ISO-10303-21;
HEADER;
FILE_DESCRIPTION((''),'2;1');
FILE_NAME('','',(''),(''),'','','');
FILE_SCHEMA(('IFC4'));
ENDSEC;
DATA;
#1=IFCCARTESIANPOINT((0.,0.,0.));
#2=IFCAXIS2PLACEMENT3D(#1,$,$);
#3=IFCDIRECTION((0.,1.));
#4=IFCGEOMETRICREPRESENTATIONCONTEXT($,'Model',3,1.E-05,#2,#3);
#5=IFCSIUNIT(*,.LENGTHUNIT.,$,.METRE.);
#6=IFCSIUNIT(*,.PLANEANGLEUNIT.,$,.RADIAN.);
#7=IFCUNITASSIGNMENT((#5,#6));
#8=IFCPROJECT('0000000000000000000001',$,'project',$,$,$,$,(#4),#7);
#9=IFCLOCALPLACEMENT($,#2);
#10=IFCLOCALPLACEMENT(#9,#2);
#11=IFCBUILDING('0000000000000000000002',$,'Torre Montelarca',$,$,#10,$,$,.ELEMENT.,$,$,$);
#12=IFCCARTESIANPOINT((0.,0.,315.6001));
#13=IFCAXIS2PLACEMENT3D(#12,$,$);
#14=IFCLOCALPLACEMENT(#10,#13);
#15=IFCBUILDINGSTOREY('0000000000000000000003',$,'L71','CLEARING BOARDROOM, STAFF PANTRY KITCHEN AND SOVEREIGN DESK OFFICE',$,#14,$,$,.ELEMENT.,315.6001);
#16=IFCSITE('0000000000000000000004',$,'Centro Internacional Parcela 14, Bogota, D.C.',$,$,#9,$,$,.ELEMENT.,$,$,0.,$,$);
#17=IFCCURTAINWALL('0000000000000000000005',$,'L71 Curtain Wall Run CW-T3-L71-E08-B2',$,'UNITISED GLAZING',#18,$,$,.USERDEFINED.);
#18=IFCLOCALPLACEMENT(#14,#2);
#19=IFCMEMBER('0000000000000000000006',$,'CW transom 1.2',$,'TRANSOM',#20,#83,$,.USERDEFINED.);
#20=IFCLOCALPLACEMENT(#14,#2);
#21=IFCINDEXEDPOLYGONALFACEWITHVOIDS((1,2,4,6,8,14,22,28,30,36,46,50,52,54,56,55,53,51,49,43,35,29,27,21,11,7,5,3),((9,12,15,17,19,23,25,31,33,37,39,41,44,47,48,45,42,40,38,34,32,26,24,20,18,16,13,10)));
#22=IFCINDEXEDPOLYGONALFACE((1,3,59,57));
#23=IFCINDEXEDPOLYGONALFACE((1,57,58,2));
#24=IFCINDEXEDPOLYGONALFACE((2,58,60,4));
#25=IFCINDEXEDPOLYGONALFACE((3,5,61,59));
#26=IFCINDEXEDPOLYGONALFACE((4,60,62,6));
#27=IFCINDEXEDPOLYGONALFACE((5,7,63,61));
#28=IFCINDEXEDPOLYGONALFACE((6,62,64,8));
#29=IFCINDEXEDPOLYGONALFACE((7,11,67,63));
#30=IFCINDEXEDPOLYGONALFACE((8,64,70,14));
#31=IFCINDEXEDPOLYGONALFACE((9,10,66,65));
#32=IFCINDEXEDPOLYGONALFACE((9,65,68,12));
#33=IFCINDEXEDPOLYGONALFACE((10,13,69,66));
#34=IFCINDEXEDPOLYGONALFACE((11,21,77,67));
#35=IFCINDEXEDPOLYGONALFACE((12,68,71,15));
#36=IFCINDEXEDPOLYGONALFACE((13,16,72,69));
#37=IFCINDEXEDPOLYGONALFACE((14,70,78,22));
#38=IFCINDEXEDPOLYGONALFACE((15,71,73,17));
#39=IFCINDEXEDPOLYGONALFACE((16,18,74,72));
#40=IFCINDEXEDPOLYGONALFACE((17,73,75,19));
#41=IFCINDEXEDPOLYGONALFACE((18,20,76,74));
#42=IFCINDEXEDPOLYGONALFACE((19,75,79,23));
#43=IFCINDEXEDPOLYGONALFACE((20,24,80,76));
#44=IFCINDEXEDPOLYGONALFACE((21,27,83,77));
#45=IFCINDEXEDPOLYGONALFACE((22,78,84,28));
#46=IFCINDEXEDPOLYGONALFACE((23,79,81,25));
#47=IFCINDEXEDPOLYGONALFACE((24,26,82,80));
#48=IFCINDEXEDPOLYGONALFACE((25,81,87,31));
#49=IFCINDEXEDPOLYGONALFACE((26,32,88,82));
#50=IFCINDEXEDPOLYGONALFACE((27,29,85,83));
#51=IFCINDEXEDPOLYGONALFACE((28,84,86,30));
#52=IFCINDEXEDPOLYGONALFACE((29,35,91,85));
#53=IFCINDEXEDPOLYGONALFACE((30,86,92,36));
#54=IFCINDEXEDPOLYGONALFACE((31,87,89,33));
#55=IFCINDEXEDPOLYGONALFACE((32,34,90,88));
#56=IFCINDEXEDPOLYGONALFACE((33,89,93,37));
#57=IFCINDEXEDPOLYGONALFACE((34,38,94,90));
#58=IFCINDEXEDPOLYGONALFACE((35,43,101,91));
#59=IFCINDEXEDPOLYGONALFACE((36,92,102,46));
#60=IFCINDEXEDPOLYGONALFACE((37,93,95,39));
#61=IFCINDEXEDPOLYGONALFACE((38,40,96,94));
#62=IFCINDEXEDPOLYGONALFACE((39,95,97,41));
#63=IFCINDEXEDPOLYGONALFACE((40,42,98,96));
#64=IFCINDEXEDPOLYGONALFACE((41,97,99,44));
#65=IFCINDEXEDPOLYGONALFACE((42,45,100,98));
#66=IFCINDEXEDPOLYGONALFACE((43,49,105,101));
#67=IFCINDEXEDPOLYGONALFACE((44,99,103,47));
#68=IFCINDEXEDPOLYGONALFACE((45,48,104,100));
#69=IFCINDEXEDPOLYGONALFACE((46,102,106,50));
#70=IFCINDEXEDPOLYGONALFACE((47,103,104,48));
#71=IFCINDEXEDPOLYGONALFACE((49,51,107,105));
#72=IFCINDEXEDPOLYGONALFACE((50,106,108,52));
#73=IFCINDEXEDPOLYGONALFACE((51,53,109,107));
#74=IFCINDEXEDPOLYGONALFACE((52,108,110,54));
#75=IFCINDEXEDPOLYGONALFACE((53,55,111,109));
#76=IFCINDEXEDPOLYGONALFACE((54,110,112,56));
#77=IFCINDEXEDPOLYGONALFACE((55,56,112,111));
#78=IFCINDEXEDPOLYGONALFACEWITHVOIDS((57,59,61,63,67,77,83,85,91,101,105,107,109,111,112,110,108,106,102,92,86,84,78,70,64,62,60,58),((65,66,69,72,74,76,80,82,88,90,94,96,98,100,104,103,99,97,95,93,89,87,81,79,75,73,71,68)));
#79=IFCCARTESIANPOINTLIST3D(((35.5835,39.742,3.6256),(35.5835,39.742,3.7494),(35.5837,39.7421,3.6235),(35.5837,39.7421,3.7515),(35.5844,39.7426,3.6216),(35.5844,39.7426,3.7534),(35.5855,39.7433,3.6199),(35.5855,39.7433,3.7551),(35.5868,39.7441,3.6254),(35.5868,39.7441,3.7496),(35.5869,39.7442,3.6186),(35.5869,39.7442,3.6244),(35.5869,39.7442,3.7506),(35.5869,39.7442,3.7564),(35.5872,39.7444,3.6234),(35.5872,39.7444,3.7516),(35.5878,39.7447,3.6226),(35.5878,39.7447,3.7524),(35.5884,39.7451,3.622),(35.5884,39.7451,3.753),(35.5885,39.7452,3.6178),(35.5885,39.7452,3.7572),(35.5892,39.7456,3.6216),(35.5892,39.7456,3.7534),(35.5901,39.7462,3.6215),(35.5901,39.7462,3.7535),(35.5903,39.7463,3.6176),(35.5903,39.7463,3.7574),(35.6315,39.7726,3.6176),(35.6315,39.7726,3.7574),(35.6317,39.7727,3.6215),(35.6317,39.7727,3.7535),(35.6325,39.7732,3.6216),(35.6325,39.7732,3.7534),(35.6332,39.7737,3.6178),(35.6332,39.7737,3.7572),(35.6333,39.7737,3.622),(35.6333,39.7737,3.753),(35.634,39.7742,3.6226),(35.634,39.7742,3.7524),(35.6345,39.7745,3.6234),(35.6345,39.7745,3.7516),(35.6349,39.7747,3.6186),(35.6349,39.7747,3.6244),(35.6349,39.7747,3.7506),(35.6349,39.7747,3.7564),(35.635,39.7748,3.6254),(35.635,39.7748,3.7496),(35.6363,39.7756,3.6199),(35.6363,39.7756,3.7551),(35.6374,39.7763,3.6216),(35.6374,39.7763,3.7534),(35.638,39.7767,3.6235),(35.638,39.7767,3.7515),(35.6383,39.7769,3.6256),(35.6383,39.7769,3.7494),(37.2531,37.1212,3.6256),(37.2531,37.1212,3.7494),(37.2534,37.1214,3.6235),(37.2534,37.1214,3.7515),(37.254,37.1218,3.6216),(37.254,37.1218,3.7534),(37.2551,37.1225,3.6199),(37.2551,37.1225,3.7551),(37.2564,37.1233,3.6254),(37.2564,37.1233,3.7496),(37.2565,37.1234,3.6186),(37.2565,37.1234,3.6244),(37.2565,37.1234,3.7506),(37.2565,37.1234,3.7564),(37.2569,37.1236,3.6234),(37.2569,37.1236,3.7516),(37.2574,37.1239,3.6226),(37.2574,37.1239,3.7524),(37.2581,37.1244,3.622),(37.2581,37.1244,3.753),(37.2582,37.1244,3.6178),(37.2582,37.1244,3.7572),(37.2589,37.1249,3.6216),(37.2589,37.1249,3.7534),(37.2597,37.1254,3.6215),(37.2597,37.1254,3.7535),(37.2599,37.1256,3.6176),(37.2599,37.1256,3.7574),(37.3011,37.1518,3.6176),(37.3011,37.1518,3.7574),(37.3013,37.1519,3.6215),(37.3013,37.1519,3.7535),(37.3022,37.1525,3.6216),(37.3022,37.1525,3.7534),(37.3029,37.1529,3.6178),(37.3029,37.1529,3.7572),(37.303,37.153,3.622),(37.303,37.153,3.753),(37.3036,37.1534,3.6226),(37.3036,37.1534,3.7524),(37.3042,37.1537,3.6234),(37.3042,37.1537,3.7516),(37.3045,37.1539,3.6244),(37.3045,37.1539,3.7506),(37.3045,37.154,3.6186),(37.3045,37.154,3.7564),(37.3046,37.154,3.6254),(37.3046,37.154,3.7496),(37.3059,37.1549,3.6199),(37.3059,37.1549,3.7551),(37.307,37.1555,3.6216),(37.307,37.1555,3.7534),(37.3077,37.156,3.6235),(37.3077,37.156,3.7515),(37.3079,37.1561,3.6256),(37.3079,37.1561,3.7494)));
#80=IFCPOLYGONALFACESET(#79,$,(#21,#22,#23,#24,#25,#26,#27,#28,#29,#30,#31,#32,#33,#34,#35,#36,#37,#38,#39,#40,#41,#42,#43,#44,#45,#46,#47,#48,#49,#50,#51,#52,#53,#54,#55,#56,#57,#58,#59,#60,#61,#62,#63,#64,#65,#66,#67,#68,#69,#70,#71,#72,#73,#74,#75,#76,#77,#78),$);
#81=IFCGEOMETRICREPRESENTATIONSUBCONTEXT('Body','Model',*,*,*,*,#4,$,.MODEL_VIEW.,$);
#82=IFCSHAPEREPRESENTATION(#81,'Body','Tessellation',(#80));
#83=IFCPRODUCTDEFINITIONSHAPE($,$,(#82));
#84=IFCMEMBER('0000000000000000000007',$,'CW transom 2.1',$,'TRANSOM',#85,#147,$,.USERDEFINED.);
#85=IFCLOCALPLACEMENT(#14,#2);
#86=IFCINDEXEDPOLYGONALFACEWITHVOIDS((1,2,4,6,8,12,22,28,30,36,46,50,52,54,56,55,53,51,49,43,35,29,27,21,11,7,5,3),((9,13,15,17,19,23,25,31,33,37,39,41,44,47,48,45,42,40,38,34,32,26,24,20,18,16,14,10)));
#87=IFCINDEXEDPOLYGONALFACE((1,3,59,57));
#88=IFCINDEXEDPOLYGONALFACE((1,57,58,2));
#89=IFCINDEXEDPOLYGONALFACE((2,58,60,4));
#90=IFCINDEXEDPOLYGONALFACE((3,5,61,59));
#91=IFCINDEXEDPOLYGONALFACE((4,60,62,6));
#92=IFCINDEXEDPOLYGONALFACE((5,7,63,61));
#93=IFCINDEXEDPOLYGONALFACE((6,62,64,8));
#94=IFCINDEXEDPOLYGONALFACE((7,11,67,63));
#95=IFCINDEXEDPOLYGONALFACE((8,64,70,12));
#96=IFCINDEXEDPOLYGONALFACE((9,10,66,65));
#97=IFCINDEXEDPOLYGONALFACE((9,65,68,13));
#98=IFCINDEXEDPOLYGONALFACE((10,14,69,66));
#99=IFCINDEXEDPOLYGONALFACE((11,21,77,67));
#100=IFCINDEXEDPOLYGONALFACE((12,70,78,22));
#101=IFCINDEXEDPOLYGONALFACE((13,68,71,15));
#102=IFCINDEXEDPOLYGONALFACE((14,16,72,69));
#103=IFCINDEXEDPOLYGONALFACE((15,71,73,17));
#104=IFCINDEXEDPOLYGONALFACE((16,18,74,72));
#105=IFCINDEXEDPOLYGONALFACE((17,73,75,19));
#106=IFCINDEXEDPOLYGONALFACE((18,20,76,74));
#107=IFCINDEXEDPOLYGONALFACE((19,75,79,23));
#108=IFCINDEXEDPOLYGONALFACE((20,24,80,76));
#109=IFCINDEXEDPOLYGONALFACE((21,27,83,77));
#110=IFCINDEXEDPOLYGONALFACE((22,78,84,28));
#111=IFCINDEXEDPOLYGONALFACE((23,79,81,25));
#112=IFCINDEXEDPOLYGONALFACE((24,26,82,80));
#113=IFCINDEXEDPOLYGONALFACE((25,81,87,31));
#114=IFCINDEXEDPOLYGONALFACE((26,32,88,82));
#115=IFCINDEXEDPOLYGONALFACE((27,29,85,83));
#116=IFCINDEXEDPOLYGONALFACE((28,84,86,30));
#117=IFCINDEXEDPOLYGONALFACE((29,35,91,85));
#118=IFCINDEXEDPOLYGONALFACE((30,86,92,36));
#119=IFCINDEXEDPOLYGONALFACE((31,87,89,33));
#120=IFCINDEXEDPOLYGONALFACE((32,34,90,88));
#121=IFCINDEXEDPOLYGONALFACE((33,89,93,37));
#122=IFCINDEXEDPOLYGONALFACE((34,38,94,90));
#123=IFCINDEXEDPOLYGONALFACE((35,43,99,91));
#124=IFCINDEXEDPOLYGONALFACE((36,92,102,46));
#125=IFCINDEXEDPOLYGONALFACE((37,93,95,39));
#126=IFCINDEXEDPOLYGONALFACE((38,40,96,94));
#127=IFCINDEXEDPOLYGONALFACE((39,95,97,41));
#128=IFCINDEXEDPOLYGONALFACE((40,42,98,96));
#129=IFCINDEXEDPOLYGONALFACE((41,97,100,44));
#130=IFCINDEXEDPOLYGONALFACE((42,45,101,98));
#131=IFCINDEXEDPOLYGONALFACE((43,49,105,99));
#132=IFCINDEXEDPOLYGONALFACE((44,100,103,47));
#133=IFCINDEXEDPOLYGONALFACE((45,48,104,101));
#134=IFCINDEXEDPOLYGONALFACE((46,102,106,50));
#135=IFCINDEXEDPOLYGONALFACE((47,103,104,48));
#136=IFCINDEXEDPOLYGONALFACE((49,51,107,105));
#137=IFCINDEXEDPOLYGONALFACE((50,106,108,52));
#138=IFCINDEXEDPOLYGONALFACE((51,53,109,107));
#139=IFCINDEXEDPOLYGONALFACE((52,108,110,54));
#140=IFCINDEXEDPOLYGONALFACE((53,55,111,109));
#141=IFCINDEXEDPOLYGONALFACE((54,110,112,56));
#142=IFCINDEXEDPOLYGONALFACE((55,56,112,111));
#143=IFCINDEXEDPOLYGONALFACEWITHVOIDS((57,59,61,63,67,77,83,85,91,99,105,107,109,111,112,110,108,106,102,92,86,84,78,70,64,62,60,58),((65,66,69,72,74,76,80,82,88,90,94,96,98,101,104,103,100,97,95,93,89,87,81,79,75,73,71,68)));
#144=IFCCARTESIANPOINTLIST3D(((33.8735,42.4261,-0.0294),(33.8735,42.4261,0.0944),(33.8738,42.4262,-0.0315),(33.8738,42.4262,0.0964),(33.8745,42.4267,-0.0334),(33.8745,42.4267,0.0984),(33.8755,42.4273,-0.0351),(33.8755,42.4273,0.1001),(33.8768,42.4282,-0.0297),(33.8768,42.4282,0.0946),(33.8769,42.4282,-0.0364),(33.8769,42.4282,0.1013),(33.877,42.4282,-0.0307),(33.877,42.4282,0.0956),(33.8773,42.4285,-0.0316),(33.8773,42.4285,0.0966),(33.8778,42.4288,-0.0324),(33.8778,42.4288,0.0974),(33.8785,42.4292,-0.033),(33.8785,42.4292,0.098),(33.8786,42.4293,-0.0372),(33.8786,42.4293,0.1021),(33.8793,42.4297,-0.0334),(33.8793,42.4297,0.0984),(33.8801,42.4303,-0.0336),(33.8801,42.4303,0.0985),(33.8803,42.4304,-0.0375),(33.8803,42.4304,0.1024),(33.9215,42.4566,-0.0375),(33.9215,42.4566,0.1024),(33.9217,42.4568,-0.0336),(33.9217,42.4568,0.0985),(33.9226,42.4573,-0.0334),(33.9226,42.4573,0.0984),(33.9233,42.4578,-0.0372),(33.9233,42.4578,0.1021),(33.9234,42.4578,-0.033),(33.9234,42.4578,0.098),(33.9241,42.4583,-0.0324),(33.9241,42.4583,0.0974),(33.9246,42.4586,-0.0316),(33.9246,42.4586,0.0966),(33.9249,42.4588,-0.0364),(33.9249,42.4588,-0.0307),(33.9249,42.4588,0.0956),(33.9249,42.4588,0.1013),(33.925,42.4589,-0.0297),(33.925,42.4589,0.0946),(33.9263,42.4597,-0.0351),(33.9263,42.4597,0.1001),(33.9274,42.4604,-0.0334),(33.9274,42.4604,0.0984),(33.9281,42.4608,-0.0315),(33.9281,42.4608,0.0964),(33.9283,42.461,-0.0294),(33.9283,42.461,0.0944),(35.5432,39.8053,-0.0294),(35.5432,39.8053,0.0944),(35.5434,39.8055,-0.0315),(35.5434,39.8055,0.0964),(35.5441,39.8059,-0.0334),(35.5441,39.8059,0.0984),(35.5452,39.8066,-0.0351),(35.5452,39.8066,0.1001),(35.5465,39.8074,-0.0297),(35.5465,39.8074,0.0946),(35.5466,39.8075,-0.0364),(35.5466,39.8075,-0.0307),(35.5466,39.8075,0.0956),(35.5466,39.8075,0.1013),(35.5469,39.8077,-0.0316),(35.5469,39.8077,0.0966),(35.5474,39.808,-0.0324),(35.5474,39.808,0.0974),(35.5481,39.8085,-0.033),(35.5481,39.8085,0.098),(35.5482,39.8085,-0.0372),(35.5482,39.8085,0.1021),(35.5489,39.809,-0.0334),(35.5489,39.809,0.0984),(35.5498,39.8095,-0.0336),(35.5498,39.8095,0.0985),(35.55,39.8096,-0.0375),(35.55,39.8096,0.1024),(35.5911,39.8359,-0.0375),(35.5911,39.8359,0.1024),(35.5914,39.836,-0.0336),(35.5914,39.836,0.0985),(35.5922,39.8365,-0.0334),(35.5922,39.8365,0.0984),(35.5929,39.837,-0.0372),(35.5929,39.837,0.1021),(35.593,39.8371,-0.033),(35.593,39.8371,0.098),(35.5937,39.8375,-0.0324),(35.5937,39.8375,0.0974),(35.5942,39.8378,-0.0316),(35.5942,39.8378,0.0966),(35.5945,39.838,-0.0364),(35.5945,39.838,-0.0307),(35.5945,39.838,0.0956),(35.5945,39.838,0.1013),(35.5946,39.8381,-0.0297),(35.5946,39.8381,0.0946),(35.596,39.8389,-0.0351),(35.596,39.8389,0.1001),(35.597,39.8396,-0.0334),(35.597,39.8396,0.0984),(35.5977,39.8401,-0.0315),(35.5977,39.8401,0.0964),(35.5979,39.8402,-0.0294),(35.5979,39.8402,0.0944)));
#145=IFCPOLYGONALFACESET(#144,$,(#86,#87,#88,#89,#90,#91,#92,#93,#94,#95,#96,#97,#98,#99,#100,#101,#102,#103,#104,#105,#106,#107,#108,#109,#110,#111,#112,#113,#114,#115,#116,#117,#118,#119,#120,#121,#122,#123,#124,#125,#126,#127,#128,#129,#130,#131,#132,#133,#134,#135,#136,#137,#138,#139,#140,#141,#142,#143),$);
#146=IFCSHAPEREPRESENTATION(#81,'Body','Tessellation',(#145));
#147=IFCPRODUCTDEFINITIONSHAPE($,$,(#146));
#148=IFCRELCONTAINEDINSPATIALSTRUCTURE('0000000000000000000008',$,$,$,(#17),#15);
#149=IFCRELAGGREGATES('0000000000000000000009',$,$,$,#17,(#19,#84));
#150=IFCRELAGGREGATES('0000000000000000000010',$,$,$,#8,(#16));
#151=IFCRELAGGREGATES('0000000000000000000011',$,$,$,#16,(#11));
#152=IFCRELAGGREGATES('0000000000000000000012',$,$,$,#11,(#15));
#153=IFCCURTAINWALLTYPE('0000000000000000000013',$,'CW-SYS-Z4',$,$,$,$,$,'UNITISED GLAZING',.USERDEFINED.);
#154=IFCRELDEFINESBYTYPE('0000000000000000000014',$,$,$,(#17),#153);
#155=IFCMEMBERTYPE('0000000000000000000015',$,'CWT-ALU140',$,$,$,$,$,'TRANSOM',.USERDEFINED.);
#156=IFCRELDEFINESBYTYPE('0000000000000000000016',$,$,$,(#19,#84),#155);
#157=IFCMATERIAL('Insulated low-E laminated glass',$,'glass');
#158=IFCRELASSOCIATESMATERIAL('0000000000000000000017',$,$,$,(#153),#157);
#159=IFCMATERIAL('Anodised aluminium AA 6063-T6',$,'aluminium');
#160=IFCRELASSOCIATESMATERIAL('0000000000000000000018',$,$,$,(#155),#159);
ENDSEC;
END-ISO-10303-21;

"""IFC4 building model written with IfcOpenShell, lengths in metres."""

from ifc_helpers import new_model, si_unit, direction, frame, origin, origin_2d, place, context, subcontext, project, spatial, hollow_rectangle, extrude, source, transform, mapped, material, material_profile, profile_set, type_object, element, aggregate, save


model = new_model("IFC4")

# Units and contexts
model_context = context("Model", 3, precision=1e-05, world=origin(), true_north=direction((0.0, 1.0)))
body_context = subcontext(model_context, "Body", "Model", "MODEL_VIEW")
ifc_project = project(units=[si_unit("LENGTHUNIT", "METRE"), si_unit("PLANEANGLEUNIT", "RADIAN")], contexts=[model_context])

# Site, building, storey
site_placement = place(None, origin())
site = spatial("IfcSite", under=ifc_project, at=site_placement, Name="Centro Internacional Parcela 14, Bogota, D.C.", CompositionType="ELEMENT", RefElevation=0.0)
building_placement = place(site_placement, origin())
building = spatial("IfcBuilding", under=site, at=building_placement, Name="Torre Montelarca", CompositionType="ELEMENT")
storey_placement = place(building_placement, frame((0.0, 0.0, 315.6001)))
storey = spatial("IfcBuildingStorey", under=building, at=storey_placement, Name="L71", Description="CLEARING BOARDROOM, STAFF PANTRY KITCHEN AND SOVEREIGN DESK OFFICE", CompositionType="ELEMENT", Elevation=315.6001)

# Shared definitions
ifc_material_1 = material(Name="Insulated low-E laminated glass", Category="glass")
curtain_wall_type = type_object("IfcCurtainWallType", Name="CW-SYS-Z4", ElementType="UNITISED GLAZING", PredefinedType="USERDEFINED", material=ifc_material_1)
ifc_material_2 = material(Name="Anodised aluminium AA 6063-T6", Category="aluminium")

# Curtain wall
curtain_wall_1_placement = place(storey_placement, origin())
curtain_wall_1 = element("IfcCurtainWall", 1, at=curtain_wall_1_placement, inside=storey, type_object=curtain_wall_type, Name="L71 Curtain Wall Run CW-T3-L71-E08-B2", ObjectType="UNITISED GLAZING", PredefinedType="USERDEFINED")

# Members
ifc_material_profile_1 = material_profile(ifc_material_2, hollow_rectangle(XDim=0.0649, YDim=0.1399, WallThickness=0.0039, InnerFilletRadius=0.0039, OuterFilletRadius=0.0081, at=origin_2d()), Name="ALU65X140X4", Category="aluminium")
ifc_profile_set_1 = profile_set([ifc_material_profile_1], Name="Anodised aluminium AA 6063-T6")
member_type_1 = type_object("IfcMemberType", Name="CWT-ALU140", ElementType="TRANSOM", PredefinedType="USERDEFINED", material=ifc_profile_set_1)
shared_shape_1 = source(origin(), body_context, "Body", "SweptSolid", [
    extrude(hollow_rectangle(XDim=0.0649, YDim=0.1399, WallThickness=0.0039, InnerFilletRadius=0.0039, OuterFilletRadius=0.0081, at=origin_2d()), origin(), (0.0, 0.0, 1.0), 3.1074),
])
member_1_placement = place(storey_placement, frame((37.2805, 37.1387, 3.6875), z_axis=(-0.537302, 0.84339, 0.0), x_axis=(-0.84339, -0.537302, 0.0)))
member_1 = element("IfcMember", 2, at=member_1_placement, type_object=member_type_1, Name="CW transom 1.2", ObjectType="TRANSOM", PredefinedType="USERDEFINED", context=body_context, shape_type="MappedRepresentation", body=[
    mapped(shared_shape_1, transform((0.0, 0.0, 0.0), scale=1.0)),
])
member_2_placement = place(storey_placement, frame((35.5706, 39.8228, 0.0325), z_axis=(-0.537302, 0.84339, 0.0), x_axis=(-0.84339, -0.537302, 0.0)))
member_2 = element("IfcMember", 3, at=member_2_placement, type_object=member_type_1, Name="CW transom 2.1", ObjectType="TRANSOM", PredefinedType="USERDEFINED", context=body_context, shape_type="MappedRepresentation", body=[
    mapped(shared_shape_1, transform((0.0, 0.0, 0.0), scale=1.0)),
])

aggregate(curtain_wall_1, [member_1, member_2])

save(model, "model.ifc")
